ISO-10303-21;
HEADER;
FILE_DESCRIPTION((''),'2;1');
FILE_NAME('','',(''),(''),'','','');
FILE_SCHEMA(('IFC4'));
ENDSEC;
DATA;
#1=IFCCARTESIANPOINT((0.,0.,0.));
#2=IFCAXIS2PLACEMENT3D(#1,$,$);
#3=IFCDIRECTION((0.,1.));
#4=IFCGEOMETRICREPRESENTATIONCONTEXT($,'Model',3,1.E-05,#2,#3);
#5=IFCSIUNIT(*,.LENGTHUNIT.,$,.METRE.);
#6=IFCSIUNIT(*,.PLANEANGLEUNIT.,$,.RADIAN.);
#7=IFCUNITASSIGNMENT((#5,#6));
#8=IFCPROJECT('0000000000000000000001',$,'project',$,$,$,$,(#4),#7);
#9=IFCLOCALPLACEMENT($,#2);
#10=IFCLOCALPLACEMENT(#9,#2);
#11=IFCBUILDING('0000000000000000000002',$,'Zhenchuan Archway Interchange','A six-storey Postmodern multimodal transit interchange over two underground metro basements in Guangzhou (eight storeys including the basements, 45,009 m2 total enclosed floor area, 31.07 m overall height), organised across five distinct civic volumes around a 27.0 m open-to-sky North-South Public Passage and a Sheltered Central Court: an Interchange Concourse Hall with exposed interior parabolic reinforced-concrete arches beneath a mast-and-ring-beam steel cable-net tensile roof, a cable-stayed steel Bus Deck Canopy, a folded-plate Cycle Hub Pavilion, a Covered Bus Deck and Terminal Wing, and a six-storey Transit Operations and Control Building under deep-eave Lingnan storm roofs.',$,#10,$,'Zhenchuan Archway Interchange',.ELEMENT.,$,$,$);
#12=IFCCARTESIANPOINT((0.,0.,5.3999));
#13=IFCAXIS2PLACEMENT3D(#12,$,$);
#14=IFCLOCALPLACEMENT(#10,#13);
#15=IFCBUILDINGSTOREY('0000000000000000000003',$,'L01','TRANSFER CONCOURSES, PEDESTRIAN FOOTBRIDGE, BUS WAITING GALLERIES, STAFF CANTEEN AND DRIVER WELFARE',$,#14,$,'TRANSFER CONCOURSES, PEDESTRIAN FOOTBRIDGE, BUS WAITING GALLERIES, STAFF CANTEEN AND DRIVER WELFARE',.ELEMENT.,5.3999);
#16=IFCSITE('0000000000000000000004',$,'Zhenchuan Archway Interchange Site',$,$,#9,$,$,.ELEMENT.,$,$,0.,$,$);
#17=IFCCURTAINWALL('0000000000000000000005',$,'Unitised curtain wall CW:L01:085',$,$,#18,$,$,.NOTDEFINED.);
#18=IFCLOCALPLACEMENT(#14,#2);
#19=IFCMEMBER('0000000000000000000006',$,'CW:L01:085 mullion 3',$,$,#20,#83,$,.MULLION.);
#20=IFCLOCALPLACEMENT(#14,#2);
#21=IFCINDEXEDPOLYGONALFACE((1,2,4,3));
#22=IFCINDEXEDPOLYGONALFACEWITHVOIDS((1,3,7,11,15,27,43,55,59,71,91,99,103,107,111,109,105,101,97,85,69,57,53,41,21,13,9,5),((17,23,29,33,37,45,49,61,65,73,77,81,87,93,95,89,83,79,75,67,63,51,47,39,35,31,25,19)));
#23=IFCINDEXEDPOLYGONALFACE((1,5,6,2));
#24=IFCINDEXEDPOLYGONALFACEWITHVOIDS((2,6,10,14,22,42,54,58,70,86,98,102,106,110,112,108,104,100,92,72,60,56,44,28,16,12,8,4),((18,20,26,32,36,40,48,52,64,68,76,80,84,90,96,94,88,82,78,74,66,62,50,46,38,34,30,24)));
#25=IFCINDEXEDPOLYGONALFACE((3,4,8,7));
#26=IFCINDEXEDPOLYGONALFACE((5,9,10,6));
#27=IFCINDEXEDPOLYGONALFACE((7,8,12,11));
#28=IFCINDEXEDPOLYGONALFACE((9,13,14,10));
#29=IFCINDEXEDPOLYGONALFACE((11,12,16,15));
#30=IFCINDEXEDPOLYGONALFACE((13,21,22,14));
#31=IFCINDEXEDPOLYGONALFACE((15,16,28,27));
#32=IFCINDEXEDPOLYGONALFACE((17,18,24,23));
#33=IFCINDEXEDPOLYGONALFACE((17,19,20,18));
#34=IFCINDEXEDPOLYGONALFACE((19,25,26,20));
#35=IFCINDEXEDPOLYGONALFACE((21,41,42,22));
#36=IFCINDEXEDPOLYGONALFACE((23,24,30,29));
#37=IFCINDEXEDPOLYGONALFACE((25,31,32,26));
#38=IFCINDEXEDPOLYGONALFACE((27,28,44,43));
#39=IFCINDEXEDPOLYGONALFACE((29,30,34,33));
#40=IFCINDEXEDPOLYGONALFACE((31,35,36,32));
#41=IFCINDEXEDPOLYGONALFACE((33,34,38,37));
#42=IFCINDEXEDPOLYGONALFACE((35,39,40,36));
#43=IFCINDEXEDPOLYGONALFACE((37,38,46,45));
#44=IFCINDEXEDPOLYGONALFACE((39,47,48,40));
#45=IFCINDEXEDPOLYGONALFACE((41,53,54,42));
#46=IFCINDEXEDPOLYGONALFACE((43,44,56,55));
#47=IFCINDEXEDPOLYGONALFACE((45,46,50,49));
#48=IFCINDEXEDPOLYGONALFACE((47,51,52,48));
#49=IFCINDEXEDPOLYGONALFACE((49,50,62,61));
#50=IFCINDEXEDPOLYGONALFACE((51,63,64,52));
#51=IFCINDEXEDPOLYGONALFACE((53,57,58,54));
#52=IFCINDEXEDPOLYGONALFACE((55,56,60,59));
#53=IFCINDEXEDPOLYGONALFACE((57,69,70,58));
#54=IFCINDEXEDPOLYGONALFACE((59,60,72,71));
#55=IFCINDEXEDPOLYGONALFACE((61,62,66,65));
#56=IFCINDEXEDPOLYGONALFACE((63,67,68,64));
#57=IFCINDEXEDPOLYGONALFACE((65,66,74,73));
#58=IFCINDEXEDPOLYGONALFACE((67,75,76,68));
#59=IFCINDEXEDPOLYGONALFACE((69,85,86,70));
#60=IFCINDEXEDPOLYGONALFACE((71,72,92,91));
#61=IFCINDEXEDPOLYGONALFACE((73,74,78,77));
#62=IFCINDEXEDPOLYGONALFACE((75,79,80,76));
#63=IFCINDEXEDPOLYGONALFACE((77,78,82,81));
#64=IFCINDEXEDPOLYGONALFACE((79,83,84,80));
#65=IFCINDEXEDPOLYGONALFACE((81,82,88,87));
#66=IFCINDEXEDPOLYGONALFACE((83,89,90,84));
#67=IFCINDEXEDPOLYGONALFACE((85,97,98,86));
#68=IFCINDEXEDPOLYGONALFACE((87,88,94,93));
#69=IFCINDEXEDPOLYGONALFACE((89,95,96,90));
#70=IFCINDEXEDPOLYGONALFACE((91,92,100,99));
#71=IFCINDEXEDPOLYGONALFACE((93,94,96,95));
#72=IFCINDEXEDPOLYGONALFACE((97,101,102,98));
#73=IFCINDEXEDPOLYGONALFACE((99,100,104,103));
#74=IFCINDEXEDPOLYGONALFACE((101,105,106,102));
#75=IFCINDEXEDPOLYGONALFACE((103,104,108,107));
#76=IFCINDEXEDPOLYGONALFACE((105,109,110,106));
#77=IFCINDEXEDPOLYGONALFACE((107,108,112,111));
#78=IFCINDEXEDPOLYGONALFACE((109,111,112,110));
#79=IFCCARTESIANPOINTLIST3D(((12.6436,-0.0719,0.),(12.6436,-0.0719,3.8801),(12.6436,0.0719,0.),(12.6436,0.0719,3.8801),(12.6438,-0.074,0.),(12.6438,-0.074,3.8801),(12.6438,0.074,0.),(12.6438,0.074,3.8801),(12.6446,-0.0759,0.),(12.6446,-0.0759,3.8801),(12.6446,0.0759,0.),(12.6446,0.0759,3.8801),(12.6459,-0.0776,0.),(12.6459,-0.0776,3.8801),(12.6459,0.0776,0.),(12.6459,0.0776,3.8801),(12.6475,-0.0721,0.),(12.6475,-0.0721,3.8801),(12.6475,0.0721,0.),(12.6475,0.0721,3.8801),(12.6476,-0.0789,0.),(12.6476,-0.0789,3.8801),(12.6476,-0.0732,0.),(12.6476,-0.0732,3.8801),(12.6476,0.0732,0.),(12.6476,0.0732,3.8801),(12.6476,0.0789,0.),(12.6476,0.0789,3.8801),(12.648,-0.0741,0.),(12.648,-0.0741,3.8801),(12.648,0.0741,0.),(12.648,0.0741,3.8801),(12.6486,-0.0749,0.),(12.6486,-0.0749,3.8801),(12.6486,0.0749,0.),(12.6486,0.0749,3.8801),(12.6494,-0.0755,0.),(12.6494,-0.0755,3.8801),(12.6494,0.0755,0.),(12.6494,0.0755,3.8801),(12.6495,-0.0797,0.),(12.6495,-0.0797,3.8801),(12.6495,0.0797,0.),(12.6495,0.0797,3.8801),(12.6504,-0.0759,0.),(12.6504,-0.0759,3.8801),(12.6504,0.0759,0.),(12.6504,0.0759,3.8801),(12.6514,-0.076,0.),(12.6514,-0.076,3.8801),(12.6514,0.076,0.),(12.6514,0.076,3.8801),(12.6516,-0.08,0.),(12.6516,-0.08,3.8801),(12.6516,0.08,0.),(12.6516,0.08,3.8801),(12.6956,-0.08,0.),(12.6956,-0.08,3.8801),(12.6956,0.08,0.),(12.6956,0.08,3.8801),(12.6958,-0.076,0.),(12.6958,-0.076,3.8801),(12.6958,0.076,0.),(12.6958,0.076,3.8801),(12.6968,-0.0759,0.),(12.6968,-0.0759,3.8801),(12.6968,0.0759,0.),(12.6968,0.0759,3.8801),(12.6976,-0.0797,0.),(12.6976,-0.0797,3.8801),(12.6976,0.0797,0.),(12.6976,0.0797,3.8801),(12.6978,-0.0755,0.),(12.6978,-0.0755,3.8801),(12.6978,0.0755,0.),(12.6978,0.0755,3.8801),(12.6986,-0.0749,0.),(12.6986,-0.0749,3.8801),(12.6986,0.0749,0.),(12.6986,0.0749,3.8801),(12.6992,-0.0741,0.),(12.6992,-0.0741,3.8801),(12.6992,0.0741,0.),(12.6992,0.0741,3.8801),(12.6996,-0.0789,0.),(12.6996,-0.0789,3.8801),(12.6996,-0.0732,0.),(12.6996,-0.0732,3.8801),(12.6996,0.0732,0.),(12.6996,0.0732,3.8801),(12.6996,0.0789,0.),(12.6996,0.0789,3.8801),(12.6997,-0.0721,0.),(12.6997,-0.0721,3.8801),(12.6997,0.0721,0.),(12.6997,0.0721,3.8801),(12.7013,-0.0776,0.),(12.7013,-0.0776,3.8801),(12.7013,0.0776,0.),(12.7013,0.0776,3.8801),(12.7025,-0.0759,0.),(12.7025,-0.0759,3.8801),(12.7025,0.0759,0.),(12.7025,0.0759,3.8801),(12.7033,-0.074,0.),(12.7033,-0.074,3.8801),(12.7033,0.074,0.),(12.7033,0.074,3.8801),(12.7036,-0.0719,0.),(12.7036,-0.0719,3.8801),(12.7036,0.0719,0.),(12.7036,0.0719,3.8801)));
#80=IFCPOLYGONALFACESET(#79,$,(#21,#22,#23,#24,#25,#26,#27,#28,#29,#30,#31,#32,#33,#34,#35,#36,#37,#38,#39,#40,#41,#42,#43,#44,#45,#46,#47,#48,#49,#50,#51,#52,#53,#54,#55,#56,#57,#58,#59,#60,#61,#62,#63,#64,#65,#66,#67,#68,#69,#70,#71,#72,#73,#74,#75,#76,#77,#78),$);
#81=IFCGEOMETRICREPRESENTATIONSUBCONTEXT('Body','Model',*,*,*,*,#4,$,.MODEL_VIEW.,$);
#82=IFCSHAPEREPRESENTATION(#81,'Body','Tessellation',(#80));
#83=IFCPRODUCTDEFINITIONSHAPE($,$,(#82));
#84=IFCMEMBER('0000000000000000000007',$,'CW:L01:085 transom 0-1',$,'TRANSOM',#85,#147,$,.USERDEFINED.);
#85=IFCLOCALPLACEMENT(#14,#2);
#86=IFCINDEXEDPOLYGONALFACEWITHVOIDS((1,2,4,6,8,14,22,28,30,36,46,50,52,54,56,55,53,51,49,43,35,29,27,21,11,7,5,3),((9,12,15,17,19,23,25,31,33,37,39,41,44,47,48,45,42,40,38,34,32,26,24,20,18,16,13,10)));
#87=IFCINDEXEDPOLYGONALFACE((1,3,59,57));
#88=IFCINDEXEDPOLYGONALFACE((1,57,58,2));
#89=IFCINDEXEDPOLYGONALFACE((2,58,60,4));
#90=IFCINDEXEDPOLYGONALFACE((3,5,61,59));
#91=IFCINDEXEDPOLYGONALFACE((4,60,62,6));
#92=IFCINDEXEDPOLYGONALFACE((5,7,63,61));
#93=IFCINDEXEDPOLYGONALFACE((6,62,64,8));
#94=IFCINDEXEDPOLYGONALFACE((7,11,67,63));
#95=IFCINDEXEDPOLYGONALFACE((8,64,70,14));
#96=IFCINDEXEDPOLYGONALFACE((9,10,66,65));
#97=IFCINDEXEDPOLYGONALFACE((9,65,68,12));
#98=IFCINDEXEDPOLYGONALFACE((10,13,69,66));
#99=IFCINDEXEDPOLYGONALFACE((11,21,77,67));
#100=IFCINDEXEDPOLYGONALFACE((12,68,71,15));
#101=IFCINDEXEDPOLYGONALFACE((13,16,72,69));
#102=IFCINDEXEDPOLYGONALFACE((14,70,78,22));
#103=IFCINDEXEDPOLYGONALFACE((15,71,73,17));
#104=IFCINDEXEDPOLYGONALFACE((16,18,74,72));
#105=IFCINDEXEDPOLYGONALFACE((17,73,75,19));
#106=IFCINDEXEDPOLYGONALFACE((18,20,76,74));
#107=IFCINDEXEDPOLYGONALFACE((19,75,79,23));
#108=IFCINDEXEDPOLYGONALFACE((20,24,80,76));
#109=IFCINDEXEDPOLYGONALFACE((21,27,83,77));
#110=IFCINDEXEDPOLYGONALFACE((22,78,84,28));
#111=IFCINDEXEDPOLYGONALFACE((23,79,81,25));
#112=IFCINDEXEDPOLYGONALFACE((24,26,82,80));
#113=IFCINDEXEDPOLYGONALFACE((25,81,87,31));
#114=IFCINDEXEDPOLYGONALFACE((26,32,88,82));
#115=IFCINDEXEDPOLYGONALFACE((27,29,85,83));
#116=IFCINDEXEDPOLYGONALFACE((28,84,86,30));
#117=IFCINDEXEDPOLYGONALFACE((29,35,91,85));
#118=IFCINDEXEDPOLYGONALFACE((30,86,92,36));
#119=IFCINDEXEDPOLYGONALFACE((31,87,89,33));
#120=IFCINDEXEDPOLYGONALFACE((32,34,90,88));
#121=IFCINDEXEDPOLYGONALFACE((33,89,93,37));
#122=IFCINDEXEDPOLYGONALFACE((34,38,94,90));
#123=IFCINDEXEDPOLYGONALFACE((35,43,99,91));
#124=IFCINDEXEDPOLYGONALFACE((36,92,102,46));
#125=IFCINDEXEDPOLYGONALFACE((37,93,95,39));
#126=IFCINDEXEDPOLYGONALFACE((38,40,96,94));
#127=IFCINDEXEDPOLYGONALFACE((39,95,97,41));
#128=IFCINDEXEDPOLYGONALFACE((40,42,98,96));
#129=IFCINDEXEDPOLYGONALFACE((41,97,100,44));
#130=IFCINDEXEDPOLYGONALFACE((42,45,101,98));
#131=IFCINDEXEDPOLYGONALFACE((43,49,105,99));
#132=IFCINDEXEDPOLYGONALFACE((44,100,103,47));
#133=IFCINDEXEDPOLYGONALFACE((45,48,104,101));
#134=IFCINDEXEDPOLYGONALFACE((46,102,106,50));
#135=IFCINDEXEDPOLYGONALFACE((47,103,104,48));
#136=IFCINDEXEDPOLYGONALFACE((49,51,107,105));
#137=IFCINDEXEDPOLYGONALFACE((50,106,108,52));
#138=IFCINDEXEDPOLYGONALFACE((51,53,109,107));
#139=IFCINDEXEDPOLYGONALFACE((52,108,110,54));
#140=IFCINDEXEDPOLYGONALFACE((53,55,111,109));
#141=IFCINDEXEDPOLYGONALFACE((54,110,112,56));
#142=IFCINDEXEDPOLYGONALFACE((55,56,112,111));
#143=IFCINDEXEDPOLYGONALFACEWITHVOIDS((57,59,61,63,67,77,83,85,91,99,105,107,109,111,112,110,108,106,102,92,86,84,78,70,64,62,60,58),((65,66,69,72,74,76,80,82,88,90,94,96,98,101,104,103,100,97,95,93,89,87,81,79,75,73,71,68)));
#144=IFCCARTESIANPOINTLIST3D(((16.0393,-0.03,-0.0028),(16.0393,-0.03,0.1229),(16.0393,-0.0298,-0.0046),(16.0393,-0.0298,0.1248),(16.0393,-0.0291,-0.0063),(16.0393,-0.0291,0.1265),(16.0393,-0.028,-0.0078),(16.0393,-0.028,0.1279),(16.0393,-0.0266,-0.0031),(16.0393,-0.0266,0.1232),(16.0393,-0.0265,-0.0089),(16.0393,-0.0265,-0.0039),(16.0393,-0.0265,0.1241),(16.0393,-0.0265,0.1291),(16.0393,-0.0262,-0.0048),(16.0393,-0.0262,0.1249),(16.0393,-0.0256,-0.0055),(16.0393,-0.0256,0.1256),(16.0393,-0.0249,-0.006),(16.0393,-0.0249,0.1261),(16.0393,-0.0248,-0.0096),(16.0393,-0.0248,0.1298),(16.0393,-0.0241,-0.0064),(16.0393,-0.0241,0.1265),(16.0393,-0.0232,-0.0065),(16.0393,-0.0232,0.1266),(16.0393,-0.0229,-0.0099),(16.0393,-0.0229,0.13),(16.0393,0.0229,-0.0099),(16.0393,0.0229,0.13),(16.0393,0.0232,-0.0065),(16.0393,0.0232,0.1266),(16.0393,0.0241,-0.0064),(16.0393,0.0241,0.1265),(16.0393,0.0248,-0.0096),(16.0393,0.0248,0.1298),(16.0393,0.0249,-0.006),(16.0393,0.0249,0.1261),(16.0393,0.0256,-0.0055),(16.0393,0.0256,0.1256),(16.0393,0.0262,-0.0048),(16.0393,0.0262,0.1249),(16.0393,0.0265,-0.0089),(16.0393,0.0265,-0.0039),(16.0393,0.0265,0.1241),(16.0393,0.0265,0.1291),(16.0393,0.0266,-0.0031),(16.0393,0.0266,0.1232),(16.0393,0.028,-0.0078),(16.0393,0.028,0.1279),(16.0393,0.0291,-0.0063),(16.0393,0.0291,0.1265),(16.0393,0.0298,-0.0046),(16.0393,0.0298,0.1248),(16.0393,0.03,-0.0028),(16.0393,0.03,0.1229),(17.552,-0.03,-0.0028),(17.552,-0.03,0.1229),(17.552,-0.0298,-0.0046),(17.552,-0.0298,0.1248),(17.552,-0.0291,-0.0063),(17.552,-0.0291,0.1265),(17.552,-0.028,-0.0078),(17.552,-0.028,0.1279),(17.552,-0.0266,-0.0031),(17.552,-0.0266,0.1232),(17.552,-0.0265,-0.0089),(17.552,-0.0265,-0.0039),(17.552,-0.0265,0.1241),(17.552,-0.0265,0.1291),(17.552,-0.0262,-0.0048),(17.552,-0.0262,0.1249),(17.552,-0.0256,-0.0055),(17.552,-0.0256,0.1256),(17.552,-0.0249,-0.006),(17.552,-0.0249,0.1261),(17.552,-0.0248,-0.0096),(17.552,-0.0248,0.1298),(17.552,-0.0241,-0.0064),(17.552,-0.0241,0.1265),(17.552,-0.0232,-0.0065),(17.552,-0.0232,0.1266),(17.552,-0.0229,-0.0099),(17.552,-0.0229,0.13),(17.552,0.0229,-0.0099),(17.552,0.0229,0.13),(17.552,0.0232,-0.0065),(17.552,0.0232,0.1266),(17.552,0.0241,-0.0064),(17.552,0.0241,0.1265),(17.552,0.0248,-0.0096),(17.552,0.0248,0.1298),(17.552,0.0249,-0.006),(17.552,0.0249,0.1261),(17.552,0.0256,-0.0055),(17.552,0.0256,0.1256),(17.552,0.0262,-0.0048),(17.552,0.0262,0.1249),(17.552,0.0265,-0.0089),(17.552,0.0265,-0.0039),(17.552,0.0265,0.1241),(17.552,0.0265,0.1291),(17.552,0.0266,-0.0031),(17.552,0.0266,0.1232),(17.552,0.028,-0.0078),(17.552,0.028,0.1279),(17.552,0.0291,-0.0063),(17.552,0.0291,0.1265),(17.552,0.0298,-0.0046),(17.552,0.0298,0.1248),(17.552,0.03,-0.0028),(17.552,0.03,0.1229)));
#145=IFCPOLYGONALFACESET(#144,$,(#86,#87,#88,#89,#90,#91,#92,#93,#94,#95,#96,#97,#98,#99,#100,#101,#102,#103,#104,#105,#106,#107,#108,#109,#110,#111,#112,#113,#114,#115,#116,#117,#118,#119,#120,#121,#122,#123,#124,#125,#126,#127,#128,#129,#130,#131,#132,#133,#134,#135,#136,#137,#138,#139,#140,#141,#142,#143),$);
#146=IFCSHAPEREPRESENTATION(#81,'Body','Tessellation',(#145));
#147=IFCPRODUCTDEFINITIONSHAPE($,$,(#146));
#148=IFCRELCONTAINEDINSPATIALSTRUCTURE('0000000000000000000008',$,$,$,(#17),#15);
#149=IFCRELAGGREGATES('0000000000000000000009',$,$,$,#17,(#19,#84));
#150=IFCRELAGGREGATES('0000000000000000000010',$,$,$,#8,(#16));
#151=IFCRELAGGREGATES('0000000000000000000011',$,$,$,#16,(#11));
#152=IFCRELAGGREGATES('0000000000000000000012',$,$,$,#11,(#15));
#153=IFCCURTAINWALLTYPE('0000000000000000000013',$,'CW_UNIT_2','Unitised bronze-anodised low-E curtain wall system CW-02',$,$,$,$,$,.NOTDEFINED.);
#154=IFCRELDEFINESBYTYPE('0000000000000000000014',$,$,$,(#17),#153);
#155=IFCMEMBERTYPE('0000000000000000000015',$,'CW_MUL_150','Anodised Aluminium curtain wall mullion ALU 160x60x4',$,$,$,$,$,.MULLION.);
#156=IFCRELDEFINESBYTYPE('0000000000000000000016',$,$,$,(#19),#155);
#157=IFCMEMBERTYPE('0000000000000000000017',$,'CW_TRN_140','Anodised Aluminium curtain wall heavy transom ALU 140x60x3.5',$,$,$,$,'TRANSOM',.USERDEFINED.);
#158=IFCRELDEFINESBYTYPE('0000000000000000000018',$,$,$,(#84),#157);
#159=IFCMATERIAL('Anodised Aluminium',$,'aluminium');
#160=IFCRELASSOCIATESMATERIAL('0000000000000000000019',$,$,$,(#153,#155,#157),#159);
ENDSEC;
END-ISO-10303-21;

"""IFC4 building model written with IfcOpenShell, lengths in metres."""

from ifc_helpers import new_model, si_unit, direction, frame, origin, origin_2d, place, context, subcontext, project, spatial, hollow_rectangle, extrude, material, material_profile, profile_set, type_object, element, aggregate, save


model = new_model("IFC4")

# Units and contexts
model_context = context("Model", 3, precision=1e-05, world=origin(), true_north=direction((0.0, 1.0)))
body_context = subcontext(model_context, "Body", "Model", "MODEL_VIEW")
ifc_project = project(units=[si_unit("LENGTHUNIT", "METRE"), si_unit("PLANEANGLEUNIT", "RADIAN")], contexts=[model_context])

# Site, building, storey
site_placement = place(None, origin())
site = spatial("IfcSite", under=ifc_project, at=site_placement, Name="Zhenchuan Archway Interchange Site", CompositionType="ELEMENT", RefElevation=0.0)
building_placement = place(site_placement, origin())
building = spatial("IfcBuilding", under=site, at=building_placement, Name="Zhenchuan Archway Interchange", Description="A six-storey Postmodern multimodal transit interchange over two underground metro basements in Guangzhou (eight storeys including the basements, 45,009 m2 total enclosed floor area, 31.07 m overall height), organised across five distinct civic volumes around a 27.0 m open-to-sky North-South Public Passage and a Sheltered Central Court: an Interchange Concourse Hall with exposed interior parabolic reinforced-concrete arches beneath a mast-and-ring-beam steel cable-net tensile roof, a cable-stayed steel Bus Deck Canopy, a folded-plate Cycle Hub Pavilion, a Covered Bus Deck and Terminal Wing, and a six-storey Transit Operations and Control Building under deep-eave Lingnan storm roofs.", LongName="Zhenchuan Archway Interchange", CompositionType="ELEMENT")
storey_placement = place(building_placement, frame((0.0, 0.0, 5.3999)))
storey = spatial("IfcBuildingStorey", under=building, at=storey_placement, Name="L01", Description="TRANSFER CONCOURSES, PEDESTRIAN FOOTBRIDGE, BUS WAITING GALLERIES, STAFF CANTEEN AND DRIVER WELFARE", LongName="TRANSFER CONCOURSES, PEDESTRIAN FOOTBRIDGE, BUS WAITING GALLERIES, STAFF CANTEEN AND DRIVER WELFARE", CompositionType="ELEMENT", Elevation=5.3999)

# Curtain wall, members
ifc_material_1 = material(Name="Anodised Aluminium", Category="aluminium")
curtain_wall_type = type_object("IfcCurtainWallType", Name="CW_UNIT_2", Description="Unitised bronze-anodised low-E curtain wall system CW-02", PredefinedType="NOTDEFINED", material=ifc_material_1)
curtain_wall_placement = place(storey_placement, origin())
curtain_wall = element("IfcCurtainWall", 1, at=curtain_wall_placement, inside=storey, type_object=curtain_wall_type, Name="Unitised curtain wall CW:L01:085", PredefinedType="NOTDEFINED")
ifc_material_profile_1 = material_profile(ifc_material_1, hollow_rectangle(XDim=0.0601, YDim=0.1599, WallThickness=0.0039, InnerFilletRadius=0.0039, OuterFilletRadius=0.0081, at=origin_2d()), Name="ALU 160x60x4")
ifc_profile_set_1 = profile_set([ifc_material_profile_1], Name="Anodised Aluminium")
member_type_1 = type_object("IfcMemberType", Name="CW_MUL_150", Description="Anodised Aluminium curtain wall mullion ALU 160x60x4", PredefinedType="MULLION", material=ifc_profile_set_1)
member_1_placement = place(storey_placement, frame((12.6736, 0.0, 0.0), z_axis=(0.0, 0.0, 1.0), x_axis=(1.0, 0.0, 0.0)))
member_1 = element("IfcMember", 2, at=member_1_placement, type_object=member_type_1, Name="CW:L01:085 mullion 3", PredefinedType="MULLION", context=body_context, shape_type="SweptSolid", body=[
    extrude(hollow_rectangle(XDim=0.0601, YDim=0.1599, WallThickness=0.0039, InnerFilletRadius=0.0039, OuterFilletRadius=0.0081, at=origin_2d()), origin(), (0.0, 0.0, 1.0), 3.8801),
])
ifc_material_profile_2 = material_profile(ifc_material_1, hollow_rectangle(XDim=0.0601, YDim=0.1399, WallThickness=0.0034, InnerFilletRadius=0.0034, OuterFilletRadius=0.0071, at=origin_2d()), Name="ALU 140x60x3.5")
ifc_profile_set_2 = profile_set([ifc_material_profile_2], Name="Anodised Aluminium")
member_type_2 = type_object("IfcMemberType", Name="CW_TRN_140", Description="Anodised Aluminium curtain wall heavy transom ALU 140x60x3.5", ElementType="TRANSOM", PredefinedType="USERDEFINED", material=ifc_profile_set_2)
member_2_placement = place(storey_placement, frame((17.552, 0.0, 0.0601), z_axis=(-1.0, 0.0, 0.0), x_axis=(0.0, -1.0, 0.0)))
member_2 = element("IfcMember", 3, at=member_2_placement, type_object=member_type_2, Name="CW:L01:085 transom 0-1", ObjectType="TRANSOM", PredefinedType="USERDEFINED", context=body_context, shape_type="SweptSolid", body=[
    extrude(hollow_rectangle(XDim=0.0601, YDim=0.1399, WallThickness=0.0034, InnerFilletRadius=0.0034, OuterFilletRadius=0.0071, at=origin_2d()), origin(), (0.0, 0.0, 1.0), 1.5127),
])

aggregate(curtain_wall, [member_1, member_2])

save(model, "model.ifc")
